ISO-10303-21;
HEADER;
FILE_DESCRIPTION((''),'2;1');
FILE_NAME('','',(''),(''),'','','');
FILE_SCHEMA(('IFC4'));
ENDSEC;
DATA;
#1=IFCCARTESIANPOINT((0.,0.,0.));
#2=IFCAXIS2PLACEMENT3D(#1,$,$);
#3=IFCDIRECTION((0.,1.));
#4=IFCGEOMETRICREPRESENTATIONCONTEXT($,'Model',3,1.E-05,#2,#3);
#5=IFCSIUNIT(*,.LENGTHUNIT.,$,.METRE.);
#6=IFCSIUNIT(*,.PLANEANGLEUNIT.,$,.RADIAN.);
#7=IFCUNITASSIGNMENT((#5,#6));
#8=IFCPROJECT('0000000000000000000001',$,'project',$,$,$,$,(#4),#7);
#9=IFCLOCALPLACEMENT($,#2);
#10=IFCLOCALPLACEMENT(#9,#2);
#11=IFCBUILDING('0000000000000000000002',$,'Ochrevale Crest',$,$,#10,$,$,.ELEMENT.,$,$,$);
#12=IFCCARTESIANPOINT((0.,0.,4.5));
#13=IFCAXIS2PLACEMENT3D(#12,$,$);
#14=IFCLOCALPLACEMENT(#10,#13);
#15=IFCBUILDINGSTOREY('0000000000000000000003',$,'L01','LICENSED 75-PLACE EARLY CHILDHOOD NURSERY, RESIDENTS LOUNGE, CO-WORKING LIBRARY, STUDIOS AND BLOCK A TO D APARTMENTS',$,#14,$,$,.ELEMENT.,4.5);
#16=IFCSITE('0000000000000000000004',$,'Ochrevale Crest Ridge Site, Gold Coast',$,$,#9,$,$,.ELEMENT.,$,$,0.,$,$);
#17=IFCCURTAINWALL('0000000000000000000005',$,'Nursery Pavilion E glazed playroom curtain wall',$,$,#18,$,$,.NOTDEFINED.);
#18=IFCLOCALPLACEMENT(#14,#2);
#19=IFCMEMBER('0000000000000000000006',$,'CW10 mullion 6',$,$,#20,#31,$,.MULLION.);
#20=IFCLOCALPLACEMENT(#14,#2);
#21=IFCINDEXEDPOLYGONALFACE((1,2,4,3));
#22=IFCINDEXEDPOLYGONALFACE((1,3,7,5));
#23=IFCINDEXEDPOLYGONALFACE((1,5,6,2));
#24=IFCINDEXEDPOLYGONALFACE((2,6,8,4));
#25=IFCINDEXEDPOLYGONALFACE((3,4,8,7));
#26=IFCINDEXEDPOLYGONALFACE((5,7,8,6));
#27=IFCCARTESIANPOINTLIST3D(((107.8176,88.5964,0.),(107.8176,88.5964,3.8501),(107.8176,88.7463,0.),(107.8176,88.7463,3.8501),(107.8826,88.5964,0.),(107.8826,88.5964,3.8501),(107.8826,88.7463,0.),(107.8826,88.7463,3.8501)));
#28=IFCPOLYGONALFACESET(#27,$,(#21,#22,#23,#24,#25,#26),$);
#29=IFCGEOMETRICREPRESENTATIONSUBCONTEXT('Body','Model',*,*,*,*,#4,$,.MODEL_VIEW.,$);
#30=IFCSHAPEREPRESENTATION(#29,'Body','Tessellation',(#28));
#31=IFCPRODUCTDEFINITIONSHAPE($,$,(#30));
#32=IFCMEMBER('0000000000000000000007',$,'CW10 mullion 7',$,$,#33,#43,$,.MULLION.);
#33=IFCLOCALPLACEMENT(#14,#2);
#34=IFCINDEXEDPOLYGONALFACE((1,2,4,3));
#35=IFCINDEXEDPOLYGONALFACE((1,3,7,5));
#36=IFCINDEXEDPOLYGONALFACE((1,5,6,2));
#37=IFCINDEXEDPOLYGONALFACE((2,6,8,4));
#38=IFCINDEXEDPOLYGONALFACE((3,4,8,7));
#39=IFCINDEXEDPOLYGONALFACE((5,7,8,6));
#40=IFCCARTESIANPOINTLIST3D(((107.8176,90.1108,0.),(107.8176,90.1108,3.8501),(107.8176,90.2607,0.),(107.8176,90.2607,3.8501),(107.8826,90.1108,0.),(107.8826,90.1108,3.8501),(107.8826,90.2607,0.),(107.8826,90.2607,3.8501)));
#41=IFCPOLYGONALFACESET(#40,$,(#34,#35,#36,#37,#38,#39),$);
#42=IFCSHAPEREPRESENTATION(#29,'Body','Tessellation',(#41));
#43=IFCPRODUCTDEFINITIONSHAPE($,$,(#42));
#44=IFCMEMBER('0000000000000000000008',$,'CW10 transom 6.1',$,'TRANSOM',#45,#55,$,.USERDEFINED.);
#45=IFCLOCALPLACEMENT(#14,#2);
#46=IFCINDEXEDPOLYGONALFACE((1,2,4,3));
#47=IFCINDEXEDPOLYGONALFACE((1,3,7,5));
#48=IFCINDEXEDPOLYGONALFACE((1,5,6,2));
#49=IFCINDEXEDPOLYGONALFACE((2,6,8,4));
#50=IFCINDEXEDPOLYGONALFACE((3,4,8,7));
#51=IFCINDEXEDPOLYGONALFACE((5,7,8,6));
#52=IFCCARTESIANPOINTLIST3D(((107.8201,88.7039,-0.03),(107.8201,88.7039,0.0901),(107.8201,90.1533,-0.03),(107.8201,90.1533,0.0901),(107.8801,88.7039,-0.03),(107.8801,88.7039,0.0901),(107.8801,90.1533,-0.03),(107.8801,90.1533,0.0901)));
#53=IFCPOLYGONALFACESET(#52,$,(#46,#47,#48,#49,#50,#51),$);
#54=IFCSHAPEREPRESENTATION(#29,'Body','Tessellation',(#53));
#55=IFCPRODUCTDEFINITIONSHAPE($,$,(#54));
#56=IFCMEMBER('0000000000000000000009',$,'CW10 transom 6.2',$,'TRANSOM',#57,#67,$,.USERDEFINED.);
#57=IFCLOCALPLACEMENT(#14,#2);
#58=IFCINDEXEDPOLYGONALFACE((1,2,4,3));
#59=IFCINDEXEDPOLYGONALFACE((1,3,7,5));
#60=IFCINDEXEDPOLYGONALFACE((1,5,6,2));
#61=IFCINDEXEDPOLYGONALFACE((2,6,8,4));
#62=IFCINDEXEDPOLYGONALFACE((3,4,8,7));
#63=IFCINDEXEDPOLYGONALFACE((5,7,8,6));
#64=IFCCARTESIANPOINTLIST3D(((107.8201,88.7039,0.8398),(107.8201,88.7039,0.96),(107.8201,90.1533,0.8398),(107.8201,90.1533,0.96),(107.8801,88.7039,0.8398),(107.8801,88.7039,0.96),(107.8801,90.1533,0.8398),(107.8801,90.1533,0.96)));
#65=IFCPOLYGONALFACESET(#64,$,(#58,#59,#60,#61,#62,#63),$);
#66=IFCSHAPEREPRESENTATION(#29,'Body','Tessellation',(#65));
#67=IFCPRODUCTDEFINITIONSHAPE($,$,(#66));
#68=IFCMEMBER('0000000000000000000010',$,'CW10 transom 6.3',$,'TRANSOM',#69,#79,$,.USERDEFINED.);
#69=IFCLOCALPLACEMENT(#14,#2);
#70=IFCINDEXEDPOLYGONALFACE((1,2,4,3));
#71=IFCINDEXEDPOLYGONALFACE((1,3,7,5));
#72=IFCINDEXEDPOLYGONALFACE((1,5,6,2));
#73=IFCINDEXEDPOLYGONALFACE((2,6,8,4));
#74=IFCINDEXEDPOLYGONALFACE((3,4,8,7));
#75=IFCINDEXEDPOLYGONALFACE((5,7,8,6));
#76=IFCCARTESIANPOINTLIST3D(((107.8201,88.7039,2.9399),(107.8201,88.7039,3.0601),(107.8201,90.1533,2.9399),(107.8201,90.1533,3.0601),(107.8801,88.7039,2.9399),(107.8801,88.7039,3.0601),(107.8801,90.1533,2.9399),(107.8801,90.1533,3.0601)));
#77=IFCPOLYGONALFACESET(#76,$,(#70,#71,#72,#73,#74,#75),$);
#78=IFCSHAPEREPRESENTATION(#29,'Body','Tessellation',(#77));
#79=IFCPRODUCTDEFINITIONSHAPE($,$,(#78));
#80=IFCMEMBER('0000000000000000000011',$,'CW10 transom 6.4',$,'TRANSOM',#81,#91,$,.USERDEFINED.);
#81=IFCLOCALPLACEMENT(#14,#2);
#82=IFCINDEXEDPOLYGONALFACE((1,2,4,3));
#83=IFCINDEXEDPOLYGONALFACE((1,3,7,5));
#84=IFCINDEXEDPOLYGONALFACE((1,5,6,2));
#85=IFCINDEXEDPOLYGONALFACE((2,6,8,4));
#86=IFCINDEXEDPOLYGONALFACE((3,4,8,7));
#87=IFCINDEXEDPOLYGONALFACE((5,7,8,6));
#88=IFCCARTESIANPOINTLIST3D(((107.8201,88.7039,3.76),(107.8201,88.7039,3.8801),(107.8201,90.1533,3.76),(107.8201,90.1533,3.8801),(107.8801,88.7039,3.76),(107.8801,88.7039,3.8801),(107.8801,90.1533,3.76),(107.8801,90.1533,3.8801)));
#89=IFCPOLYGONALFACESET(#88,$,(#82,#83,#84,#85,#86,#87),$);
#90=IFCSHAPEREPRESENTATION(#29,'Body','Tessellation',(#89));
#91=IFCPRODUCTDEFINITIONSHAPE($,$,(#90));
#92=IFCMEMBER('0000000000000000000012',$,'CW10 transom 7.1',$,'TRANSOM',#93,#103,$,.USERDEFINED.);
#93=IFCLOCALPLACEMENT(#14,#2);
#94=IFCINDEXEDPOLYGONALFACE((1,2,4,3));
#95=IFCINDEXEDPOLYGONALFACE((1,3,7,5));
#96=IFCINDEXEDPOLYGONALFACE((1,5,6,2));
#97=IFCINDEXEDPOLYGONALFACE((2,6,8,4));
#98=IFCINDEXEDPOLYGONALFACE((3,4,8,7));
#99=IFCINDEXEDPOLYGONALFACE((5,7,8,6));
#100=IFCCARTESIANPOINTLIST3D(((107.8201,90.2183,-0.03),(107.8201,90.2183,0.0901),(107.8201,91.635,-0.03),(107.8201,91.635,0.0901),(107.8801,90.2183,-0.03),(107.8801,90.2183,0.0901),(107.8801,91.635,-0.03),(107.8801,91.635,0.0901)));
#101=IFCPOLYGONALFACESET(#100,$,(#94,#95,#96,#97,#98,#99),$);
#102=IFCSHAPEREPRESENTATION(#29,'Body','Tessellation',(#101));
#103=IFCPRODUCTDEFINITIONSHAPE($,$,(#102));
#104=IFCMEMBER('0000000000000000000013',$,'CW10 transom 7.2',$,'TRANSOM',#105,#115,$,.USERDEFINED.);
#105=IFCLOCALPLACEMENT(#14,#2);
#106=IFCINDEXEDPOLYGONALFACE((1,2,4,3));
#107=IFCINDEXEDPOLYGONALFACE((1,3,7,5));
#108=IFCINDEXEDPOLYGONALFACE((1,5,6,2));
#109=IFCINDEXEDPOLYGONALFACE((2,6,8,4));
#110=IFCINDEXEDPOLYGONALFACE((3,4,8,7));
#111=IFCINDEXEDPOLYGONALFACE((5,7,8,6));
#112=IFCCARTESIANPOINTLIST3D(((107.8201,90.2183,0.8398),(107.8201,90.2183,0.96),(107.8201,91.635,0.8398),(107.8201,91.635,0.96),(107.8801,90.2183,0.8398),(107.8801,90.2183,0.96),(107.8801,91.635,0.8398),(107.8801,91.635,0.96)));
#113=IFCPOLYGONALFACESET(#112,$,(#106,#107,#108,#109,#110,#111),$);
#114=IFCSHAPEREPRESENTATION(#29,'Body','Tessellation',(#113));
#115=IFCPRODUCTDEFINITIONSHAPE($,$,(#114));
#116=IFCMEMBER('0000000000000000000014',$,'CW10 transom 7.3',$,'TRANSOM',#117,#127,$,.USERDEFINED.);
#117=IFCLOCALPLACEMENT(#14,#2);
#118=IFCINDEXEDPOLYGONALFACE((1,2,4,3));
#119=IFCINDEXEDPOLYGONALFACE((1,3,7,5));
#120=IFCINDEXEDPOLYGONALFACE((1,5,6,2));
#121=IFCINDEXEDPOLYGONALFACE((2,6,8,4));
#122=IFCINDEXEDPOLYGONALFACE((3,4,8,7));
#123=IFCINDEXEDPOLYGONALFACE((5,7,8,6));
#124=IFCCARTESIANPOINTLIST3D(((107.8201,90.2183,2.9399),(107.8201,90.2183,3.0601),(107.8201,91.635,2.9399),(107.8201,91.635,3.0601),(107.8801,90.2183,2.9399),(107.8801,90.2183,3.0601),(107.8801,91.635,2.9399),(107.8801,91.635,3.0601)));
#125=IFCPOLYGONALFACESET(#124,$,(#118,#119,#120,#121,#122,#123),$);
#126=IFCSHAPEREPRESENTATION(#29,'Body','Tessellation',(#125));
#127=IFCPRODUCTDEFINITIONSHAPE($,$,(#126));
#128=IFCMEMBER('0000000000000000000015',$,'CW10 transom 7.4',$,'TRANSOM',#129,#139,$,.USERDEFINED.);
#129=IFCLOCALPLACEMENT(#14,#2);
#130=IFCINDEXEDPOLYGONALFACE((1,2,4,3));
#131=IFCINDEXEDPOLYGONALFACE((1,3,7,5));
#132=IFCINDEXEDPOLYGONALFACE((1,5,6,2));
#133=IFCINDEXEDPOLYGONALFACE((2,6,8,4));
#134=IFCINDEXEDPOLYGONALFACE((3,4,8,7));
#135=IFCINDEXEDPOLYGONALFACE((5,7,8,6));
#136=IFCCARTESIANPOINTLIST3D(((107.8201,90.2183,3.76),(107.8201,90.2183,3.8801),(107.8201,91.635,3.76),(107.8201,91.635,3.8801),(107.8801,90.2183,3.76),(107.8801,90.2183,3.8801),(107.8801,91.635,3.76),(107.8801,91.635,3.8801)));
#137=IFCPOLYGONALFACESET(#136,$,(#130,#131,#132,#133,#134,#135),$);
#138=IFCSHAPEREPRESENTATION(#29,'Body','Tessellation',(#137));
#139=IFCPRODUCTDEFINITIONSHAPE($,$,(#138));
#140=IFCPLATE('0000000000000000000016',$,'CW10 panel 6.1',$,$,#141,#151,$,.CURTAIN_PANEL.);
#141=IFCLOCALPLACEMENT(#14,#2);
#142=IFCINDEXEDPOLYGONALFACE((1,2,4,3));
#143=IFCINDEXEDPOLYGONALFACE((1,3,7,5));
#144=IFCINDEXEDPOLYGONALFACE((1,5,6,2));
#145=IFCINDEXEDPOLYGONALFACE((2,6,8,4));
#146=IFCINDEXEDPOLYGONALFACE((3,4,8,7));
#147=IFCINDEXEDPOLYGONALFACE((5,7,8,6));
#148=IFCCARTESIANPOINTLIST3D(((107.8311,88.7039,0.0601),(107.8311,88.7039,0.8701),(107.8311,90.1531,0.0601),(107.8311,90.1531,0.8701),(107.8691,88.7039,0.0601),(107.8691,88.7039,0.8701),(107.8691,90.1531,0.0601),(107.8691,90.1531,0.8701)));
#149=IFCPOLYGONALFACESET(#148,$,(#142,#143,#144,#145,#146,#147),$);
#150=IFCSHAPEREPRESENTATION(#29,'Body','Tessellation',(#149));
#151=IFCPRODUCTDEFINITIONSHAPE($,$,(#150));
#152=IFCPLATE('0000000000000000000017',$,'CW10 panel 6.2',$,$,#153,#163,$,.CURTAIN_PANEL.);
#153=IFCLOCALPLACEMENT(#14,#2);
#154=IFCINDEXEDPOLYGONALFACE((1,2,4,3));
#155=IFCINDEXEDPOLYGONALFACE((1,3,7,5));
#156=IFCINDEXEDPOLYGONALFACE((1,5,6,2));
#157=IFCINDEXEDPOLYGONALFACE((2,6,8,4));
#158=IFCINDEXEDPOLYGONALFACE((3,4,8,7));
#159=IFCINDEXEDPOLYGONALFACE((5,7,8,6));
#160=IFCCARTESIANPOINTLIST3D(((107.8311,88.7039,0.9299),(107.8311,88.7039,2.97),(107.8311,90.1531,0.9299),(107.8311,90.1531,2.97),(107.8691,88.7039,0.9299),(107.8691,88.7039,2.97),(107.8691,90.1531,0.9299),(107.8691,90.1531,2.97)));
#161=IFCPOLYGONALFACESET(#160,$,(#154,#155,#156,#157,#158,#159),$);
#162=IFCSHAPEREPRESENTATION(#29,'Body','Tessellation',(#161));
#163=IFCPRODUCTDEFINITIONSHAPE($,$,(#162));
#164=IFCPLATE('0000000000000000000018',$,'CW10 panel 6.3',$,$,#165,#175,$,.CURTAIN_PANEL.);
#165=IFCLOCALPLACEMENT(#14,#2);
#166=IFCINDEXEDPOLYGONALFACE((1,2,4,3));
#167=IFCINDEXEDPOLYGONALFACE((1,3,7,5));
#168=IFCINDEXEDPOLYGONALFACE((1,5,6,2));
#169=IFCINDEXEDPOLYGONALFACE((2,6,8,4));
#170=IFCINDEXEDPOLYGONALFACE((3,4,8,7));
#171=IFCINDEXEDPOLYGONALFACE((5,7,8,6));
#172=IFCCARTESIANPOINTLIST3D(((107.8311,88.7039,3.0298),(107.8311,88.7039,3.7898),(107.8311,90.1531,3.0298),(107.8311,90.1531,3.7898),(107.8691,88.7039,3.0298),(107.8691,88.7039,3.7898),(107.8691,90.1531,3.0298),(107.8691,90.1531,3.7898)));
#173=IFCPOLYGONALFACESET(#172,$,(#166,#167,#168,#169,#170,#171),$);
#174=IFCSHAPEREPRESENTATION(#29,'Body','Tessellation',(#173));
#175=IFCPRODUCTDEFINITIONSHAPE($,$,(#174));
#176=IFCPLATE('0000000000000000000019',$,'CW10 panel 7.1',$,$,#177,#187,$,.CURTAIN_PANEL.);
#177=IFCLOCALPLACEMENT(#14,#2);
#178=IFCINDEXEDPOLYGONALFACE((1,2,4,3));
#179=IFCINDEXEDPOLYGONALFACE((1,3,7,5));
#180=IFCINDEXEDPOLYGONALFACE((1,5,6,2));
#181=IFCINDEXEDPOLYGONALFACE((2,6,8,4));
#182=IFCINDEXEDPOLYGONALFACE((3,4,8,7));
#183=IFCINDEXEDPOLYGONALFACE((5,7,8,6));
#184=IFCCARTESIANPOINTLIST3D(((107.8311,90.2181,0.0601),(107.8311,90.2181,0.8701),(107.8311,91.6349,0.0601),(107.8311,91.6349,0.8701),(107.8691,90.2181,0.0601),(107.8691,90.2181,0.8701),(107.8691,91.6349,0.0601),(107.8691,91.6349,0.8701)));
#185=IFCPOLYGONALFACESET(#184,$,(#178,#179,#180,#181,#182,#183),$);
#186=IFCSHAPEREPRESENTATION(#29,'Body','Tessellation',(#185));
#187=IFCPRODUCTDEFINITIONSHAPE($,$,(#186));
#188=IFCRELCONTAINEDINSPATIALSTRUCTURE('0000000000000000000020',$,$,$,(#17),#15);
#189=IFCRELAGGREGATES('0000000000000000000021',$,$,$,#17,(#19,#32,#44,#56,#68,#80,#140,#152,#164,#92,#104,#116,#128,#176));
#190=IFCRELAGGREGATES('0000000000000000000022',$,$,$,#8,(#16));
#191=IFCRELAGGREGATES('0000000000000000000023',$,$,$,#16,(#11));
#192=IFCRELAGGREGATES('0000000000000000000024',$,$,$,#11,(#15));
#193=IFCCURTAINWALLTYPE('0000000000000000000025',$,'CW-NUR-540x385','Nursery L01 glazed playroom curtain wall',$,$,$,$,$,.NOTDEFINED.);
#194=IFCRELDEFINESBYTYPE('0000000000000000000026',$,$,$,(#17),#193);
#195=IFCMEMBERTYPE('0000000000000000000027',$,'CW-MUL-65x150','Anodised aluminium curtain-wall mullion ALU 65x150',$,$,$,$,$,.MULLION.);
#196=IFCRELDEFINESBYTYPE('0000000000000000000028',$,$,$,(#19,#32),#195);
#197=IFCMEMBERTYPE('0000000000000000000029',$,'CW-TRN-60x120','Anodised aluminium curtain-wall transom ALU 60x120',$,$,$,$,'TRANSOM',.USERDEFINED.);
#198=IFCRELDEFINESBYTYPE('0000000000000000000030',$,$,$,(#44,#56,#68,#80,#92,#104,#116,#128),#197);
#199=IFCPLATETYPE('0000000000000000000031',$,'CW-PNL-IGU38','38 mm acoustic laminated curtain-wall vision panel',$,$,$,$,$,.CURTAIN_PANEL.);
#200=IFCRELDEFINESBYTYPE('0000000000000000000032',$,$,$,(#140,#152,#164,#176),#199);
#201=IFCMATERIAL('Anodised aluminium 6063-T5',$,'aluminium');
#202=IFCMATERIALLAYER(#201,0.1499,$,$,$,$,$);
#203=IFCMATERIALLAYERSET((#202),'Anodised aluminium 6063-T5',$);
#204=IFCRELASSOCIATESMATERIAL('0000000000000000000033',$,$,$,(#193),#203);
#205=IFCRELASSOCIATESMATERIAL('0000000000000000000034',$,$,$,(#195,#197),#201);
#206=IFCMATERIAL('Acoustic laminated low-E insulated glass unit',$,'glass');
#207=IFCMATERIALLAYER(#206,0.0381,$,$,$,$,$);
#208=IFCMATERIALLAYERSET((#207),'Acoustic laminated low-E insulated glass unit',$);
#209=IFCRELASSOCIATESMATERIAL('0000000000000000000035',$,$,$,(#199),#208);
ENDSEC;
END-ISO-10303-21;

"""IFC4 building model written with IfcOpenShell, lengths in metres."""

from ifc_helpers import new_model, si_unit, direction, frame, origin, origin_2d, place, context, subcontext, project, spatial, rectangle, extrude, material, layer, layer_set, material_profile, profile_set, type_object, element, aggregate, save


model = new_model("IFC4")

# Units and contexts
model_context = context("Model", 3, precision=1e-05, world=origin(), true_north=direction((0.0, 1.0)))
body_context = subcontext(model_context, "Body", "Model", "MODEL_VIEW")
ifc_project = project(units=[si_unit("LENGTHUNIT", "METRE"), si_unit("PLANEANGLEUNIT", "RADIAN")], contexts=[model_context])

# Site, building, storey
site_placement = place(None, origin())
site = spatial("IfcSite", under=ifc_project, at=site_placement, Name="Ochrevale Crest Ridge Site, Gold Coast", CompositionType="ELEMENT", RefElevation=0.0)
building_placement = place(site_placement, origin())
building = spatial("IfcBuilding", under=site, at=building_placement, Name="Ochrevale Crest", CompositionType="ELEMENT")
storey_placement = place(building_placement, frame((0.0, 0.0, 4.5)))
storey = spatial("IfcBuildingStorey", under=building, at=storey_placement, Name="L01", Description="LICENSED 75-PLACE EARLY CHILDHOOD NURSERY, RESIDENTS LOUNGE, CO-WORKING LIBRARY, STUDIOS AND BLOCK A TO D APARTMENTS", CompositionType="ELEMENT", Elevation=4.5)

# Curtain wall, members, plates
ifc_material_1 = material(Name="Anodised aluminium 6063-T5", Category="aluminium")
ifc_layer_1 = layer(ifc_material_1, 0.1499)
ifc_layer_set_1 = layer_set([ifc_layer_1], Name="Anodised aluminium 6063-T5")
curtain_wall_type = type_object("IfcCurtainWallType", Name="CW-NUR-540x385", Description="Nursery L01 glazed playroom curtain wall", PredefinedType="NOTDEFINED", material=ifc_layer_set_1)
curtain_wall_placement = place(storey_placement, origin())
curtain_wall = element("IfcCurtainWall", 1, at=curtain_wall_placement, inside=storey, type_object=curtain_wall_type, Name="Nursery Pavilion E glazed playroom curtain wall", PredefinedType="NOTDEFINED")
ifc_material_profile_1 = material_profile(ifc_material_1, rectangle(XDim=0.0649, YDim=0.1499, at=origin_2d()), Name="ALU 65x150")
ifc_profile_set_1 = profile_set([ifc_material_profile_1], Name="Anodised aluminium 6063-T5")
member_type_1 = type_object("IfcMemberType", Name="CW-MUL-65x150", Description="Anodised aluminium curtain-wall mullion ALU 65x150", PredefinedType="MULLION", material=ifc_profile_set_1)
member_1_placement = place(storey_placement, frame((107.8501, 88.6714, 0.0), z_axis=(0.0, 0.0, 1.0), x_axis=(-1.0, 0.0, 0.0)))
member_1 = element("IfcMember", 2, at=member_1_placement, type_object=member_type_1, Name="CW10 mullion 6", PredefinedType="MULLION", context=body_context, shape_type="SweptSolid", body=[
    extrude(rectangle(XDim=0.0649, YDim=0.1499, at=origin_2d()), origin(), (0.0, 0.0, 1.0), 3.8501),
])
member_2_placement = place(storey_placement, frame((107.8501, 90.1858, 0.0), z_axis=(0.0, 0.0, 1.0), x_axis=(-1.0, 0.0, 0.0)))
member_2 = element("IfcMember", 3, at=member_2_placement, type_object=member_type_1, Name="CW10 mullion 7", PredefinedType="MULLION", context=body_context, shape_type="SweptSolid", body=[
    extrude(rectangle(XDim=0.0649, YDim=0.1499, at=origin_2d()), origin(), (0.0, 0.0, 1.0), 3.8501),
])
ifc_material_profile_2 = material_profile(ifc_material_1, rectangle(XDim=0.0601, YDim=0.1201, at=origin_2d()), Name="ALU 60x120")
ifc_profile_set_2 = profile_set([ifc_material_profile_2], Name="Anodised aluminium 6063-T5")
member_type_2 = type_object("IfcMemberType", Name="CW-TRN-60x120", Description="Anodised aluminium curtain-wall transom ALU 60x120", ElementType="TRANSOM", PredefinedType="USERDEFINED", material=ifc_profile_set_2)
member_3_placement = place(storey_placement, frame((107.8501, 88.7039, 0.03), z_axis=(0.0, 1.0, 0.0), x_axis=(-1.0, 0.0, 0.0)))
member_3 = element("IfcMember", 4, at=member_3_placement, type_object=member_type_2, Name="CW10 transom 6.1", ObjectType="TRANSOM", PredefinedType="USERDEFINED", context=body_context, shape_type="SweptSolid", body=[
    extrude(rectangle(XDim=0.0601, YDim=0.1201, at=origin_2d()), origin(), (0.0, 0.0, 1.0), 1.4495),
])
member_4_placement = place(storey_placement, frame((107.8501, 88.7039, 0.8999), z_axis=(0.0, 1.0, 0.0), x_axis=(-1.0, 0.0, 0.0)))
member_4 = element("IfcMember", 5, at=member_4_placement, type_object=member_type_2, Name="CW10 transom 6.2", ObjectType="TRANSOM", PredefinedType="USERDEFINED", context=body_context, shape_type="SweptSolid", body=[
    extrude(rectangle(XDim=0.0601, YDim=0.1201, at=origin_2d()), origin(), (0.0, 0.0, 1.0), 1.4495),
])
member_5_placement = place(storey_placement, frame((107.8501, 88.7039, 3.0), z_axis=(0.0, 1.0, 0.0), x_axis=(-1.0, 0.0, 0.0)))
member_5 = element("IfcMember", 6, at=member_5_placement, type_object=member_type_2, Name="CW10 transom 6.3", ObjectType="TRANSOM", PredefinedType="USERDEFINED", context=body_context, shape_type="SweptSolid", body=[
    extrude(rectangle(XDim=0.0601, YDim=0.1201, at=origin_2d()), origin(), (0.0, 0.0, 1.0), 1.4495),
])
member_6_placement = place(storey_placement, frame((107.8501, 88.7039, 3.8201), z_axis=(0.0, 1.0, 0.0), x_axis=(-1.0, 0.0, 0.0)))
member_6 = element("IfcMember", 7, at=member_6_placement, type_object=member_type_2, Name="CW10 transom 6.4", ObjectType="TRANSOM", PredefinedType="USERDEFINED", context=body_context, shape_type="SweptSolid", body=[
    extrude(rectangle(XDim=0.0601, YDim=0.1201, at=origin_2d()), origin(), (0.0, 0.0, 1.0), 1.4495),
])
member_7_placement = place(storey_placement, frame((107.8501, 90.2183, 0.03), z_axis=(0.0, 1.0, 0.0), x_axis=(-1.0, 0.0, 0.0)))
member_7 = element("IfcMember", 8, at=member_7_placement, type_object=member_type_2, Name="CW10 transom 7.1", ObjectType="TRANSOM", PredefinedType="USERDEFINED", context=body_context, shape_type="SweptSolid", body=[
    extrude(rectangle(XDim=0.0601, YDim=0.1201, at=origin_2d()), origin(), (0.0, 0.0, 1.0), 1.4167),
])
member_8_placement = place(storey_placement, frame((107.8501, 90.2183, 0.8999), z_axis=(0.0, 1.0, 0.0), x_axis=(-1.0, 0.0, 0.0)))
member_8 = element("IfcMember", 9, at=member_8_placement, type_object=member_type_2, Name="CW10 transom 7.2", ObjectType="TRANSOM", PredefinedType="USERDEFINED", context=body_context, shape_type="SweptSolid", body=[
    extrude(rectangle(XDim=0.0601, YDim=0.1201, at=origin_2d()), origin(), (0.0, 0.0, 1.0), 1.4167),
])
member_9_placement = place(storey_placement, frame((107.8501, 90.2183, 3.0), z_axis=(0.0, 1.0, 0.0), x_axis=(-1.0, 0.0, 0.0)))
member_9 = element("IfcMember", 10, at=member_9_placement, type_object=member_type_2, Name="CW10 transom 7.3", ObjectType="TRANSOM", PredefinedType="USERDEFINED", context=body_context, shape_type="SweptSolid", body=[
    extrude(rectangle(XDim=0.0601, YDim=0.1201, at=origin_2d()), origin(), (0.0, 0.0, 1.0), 1.4167),
])
member_10_placement = place(storey_placement, frame((107.8501, 90.2183, 3.8201), z_axis=(0.0, 1.0, 0.0), x_axis=(-1.0, 0.0, 0.0)))
member_10 = element("IfcMember", 11, at=member_10_placement, type_object=member_type_2, Name="CW10 transom 7.4", ObjectType="TRANSOM", PredefinedType="USERDEFINED", context=body_context, shape_type="SweptSolid", body=[
    extrude(rectangle(XDim=0.0601, YDim=0.1201, at=origin_2d()), origin(), (0.0, 0.0, 1.0), 1.4167),
])
ifc_material_2 = material(Name="Acoustic laminated low-E insulated glass unit", Category="glass")
ifc_layer_2 = layer(ifc_material_2, 0.0381)
ifc_layer_set_2 = layer_set([ifc_layer_2], Name="Acoustic laminated low-E insulated glass unit")
plate_type = type_object("IfcPlateType", Name="CW-PNL-IGU38", Description="38 mm acoustic laminated curtain-wall vision panel", PredefinedType="CURTAIN_PANEL", material=ifc_layer_set_2)
plate_1_placement = place(storey_placement, frame((107.8501, 89.4285, 0.0601), z_axis=(0.0, 0.0, 1.0), x_axis=(0.0, 1.0, 0.0)))
plate_1 = element("IfcPlate", 12, at=plate_1_placement, type_object=plate_type, Name="CW10 panel 6.1", PredefinedType="CURTAIN_PANEL", context=body_context, shape_type="SweptSolid", body=[
    extrude(rectangle(XDim=1.4492, YDim=0.0381, at=origin_2d()), origin(), (0.0, 0.0, 1.0), 0.8101),
])
plate_2_placement = place(storey_placement, frame((107.8501, 89.4285, 0.9299), z_axis=(0.0, 0.0, 1.0), x_axis=(0.0, 1.0, 0.0)))
plate_2 = element("IfcPlate", 13, at=plate_2_placement, type_object=plate_type, Name="CW10 panel 6.2", PredefinedType="CURTAIN_PANEL", context=body_context, shape_type="SweptSolid", body=[
    extrude(rectangle(XDim=1.4492, YDim=0.0381, at=origin_2d()), origin(), (0.0, 0.0, 1.0), 2.04),
])
plate_3_placement = place(storey_placement, frame((107.8501, 89.4285, 3.0298), z_axis=(0.0, 0.0, 1.0), x_axis=(0.0, 1.0, 0.0)))
plate_3 = element("IfcPlate", 14, at=plate_3_placement, type_object=plate_type, Name="CW10 panel 6.3", PredefinedType="CURTAIN_PANEL", context=body_context, shape_type="SweptSolid", body=[
    extrude(rectangle(XDim=1.4492, YDim=0.0381, at=origin_2d()), origin(), (0.0, 0.0, 1.0), 0.76),
])
plate_4_placement = place(storey_placement, frame((107.8501, 90.9265, 0.0601), z_axis=(0.0, 0.0, 1.0), x_axis=(0.0, 1.0, 0.0)))
plate_4 = element("IfcPlate", 15, at=plate_4_placement, type_object=plate_type, Name="CW10 panel 7.1", PredefinedType="CURTAIN_PANEL", context=body_context, shape_type="SweptSolid", body=[
    extrude(rectangle(XDim=1.4167, YDim=0.0381, at=origin_2d()), origin(), (0.0, 0.0, 1.0), 0.8101),
])
aggregate(curtain_wall, [member_1, member_2, member_3, member_4, member_5, member_6, plate_1, plate_2, plate_3, member_7, member_8, member_9, member_10, plate_4])

save(model, "model.ifc")
